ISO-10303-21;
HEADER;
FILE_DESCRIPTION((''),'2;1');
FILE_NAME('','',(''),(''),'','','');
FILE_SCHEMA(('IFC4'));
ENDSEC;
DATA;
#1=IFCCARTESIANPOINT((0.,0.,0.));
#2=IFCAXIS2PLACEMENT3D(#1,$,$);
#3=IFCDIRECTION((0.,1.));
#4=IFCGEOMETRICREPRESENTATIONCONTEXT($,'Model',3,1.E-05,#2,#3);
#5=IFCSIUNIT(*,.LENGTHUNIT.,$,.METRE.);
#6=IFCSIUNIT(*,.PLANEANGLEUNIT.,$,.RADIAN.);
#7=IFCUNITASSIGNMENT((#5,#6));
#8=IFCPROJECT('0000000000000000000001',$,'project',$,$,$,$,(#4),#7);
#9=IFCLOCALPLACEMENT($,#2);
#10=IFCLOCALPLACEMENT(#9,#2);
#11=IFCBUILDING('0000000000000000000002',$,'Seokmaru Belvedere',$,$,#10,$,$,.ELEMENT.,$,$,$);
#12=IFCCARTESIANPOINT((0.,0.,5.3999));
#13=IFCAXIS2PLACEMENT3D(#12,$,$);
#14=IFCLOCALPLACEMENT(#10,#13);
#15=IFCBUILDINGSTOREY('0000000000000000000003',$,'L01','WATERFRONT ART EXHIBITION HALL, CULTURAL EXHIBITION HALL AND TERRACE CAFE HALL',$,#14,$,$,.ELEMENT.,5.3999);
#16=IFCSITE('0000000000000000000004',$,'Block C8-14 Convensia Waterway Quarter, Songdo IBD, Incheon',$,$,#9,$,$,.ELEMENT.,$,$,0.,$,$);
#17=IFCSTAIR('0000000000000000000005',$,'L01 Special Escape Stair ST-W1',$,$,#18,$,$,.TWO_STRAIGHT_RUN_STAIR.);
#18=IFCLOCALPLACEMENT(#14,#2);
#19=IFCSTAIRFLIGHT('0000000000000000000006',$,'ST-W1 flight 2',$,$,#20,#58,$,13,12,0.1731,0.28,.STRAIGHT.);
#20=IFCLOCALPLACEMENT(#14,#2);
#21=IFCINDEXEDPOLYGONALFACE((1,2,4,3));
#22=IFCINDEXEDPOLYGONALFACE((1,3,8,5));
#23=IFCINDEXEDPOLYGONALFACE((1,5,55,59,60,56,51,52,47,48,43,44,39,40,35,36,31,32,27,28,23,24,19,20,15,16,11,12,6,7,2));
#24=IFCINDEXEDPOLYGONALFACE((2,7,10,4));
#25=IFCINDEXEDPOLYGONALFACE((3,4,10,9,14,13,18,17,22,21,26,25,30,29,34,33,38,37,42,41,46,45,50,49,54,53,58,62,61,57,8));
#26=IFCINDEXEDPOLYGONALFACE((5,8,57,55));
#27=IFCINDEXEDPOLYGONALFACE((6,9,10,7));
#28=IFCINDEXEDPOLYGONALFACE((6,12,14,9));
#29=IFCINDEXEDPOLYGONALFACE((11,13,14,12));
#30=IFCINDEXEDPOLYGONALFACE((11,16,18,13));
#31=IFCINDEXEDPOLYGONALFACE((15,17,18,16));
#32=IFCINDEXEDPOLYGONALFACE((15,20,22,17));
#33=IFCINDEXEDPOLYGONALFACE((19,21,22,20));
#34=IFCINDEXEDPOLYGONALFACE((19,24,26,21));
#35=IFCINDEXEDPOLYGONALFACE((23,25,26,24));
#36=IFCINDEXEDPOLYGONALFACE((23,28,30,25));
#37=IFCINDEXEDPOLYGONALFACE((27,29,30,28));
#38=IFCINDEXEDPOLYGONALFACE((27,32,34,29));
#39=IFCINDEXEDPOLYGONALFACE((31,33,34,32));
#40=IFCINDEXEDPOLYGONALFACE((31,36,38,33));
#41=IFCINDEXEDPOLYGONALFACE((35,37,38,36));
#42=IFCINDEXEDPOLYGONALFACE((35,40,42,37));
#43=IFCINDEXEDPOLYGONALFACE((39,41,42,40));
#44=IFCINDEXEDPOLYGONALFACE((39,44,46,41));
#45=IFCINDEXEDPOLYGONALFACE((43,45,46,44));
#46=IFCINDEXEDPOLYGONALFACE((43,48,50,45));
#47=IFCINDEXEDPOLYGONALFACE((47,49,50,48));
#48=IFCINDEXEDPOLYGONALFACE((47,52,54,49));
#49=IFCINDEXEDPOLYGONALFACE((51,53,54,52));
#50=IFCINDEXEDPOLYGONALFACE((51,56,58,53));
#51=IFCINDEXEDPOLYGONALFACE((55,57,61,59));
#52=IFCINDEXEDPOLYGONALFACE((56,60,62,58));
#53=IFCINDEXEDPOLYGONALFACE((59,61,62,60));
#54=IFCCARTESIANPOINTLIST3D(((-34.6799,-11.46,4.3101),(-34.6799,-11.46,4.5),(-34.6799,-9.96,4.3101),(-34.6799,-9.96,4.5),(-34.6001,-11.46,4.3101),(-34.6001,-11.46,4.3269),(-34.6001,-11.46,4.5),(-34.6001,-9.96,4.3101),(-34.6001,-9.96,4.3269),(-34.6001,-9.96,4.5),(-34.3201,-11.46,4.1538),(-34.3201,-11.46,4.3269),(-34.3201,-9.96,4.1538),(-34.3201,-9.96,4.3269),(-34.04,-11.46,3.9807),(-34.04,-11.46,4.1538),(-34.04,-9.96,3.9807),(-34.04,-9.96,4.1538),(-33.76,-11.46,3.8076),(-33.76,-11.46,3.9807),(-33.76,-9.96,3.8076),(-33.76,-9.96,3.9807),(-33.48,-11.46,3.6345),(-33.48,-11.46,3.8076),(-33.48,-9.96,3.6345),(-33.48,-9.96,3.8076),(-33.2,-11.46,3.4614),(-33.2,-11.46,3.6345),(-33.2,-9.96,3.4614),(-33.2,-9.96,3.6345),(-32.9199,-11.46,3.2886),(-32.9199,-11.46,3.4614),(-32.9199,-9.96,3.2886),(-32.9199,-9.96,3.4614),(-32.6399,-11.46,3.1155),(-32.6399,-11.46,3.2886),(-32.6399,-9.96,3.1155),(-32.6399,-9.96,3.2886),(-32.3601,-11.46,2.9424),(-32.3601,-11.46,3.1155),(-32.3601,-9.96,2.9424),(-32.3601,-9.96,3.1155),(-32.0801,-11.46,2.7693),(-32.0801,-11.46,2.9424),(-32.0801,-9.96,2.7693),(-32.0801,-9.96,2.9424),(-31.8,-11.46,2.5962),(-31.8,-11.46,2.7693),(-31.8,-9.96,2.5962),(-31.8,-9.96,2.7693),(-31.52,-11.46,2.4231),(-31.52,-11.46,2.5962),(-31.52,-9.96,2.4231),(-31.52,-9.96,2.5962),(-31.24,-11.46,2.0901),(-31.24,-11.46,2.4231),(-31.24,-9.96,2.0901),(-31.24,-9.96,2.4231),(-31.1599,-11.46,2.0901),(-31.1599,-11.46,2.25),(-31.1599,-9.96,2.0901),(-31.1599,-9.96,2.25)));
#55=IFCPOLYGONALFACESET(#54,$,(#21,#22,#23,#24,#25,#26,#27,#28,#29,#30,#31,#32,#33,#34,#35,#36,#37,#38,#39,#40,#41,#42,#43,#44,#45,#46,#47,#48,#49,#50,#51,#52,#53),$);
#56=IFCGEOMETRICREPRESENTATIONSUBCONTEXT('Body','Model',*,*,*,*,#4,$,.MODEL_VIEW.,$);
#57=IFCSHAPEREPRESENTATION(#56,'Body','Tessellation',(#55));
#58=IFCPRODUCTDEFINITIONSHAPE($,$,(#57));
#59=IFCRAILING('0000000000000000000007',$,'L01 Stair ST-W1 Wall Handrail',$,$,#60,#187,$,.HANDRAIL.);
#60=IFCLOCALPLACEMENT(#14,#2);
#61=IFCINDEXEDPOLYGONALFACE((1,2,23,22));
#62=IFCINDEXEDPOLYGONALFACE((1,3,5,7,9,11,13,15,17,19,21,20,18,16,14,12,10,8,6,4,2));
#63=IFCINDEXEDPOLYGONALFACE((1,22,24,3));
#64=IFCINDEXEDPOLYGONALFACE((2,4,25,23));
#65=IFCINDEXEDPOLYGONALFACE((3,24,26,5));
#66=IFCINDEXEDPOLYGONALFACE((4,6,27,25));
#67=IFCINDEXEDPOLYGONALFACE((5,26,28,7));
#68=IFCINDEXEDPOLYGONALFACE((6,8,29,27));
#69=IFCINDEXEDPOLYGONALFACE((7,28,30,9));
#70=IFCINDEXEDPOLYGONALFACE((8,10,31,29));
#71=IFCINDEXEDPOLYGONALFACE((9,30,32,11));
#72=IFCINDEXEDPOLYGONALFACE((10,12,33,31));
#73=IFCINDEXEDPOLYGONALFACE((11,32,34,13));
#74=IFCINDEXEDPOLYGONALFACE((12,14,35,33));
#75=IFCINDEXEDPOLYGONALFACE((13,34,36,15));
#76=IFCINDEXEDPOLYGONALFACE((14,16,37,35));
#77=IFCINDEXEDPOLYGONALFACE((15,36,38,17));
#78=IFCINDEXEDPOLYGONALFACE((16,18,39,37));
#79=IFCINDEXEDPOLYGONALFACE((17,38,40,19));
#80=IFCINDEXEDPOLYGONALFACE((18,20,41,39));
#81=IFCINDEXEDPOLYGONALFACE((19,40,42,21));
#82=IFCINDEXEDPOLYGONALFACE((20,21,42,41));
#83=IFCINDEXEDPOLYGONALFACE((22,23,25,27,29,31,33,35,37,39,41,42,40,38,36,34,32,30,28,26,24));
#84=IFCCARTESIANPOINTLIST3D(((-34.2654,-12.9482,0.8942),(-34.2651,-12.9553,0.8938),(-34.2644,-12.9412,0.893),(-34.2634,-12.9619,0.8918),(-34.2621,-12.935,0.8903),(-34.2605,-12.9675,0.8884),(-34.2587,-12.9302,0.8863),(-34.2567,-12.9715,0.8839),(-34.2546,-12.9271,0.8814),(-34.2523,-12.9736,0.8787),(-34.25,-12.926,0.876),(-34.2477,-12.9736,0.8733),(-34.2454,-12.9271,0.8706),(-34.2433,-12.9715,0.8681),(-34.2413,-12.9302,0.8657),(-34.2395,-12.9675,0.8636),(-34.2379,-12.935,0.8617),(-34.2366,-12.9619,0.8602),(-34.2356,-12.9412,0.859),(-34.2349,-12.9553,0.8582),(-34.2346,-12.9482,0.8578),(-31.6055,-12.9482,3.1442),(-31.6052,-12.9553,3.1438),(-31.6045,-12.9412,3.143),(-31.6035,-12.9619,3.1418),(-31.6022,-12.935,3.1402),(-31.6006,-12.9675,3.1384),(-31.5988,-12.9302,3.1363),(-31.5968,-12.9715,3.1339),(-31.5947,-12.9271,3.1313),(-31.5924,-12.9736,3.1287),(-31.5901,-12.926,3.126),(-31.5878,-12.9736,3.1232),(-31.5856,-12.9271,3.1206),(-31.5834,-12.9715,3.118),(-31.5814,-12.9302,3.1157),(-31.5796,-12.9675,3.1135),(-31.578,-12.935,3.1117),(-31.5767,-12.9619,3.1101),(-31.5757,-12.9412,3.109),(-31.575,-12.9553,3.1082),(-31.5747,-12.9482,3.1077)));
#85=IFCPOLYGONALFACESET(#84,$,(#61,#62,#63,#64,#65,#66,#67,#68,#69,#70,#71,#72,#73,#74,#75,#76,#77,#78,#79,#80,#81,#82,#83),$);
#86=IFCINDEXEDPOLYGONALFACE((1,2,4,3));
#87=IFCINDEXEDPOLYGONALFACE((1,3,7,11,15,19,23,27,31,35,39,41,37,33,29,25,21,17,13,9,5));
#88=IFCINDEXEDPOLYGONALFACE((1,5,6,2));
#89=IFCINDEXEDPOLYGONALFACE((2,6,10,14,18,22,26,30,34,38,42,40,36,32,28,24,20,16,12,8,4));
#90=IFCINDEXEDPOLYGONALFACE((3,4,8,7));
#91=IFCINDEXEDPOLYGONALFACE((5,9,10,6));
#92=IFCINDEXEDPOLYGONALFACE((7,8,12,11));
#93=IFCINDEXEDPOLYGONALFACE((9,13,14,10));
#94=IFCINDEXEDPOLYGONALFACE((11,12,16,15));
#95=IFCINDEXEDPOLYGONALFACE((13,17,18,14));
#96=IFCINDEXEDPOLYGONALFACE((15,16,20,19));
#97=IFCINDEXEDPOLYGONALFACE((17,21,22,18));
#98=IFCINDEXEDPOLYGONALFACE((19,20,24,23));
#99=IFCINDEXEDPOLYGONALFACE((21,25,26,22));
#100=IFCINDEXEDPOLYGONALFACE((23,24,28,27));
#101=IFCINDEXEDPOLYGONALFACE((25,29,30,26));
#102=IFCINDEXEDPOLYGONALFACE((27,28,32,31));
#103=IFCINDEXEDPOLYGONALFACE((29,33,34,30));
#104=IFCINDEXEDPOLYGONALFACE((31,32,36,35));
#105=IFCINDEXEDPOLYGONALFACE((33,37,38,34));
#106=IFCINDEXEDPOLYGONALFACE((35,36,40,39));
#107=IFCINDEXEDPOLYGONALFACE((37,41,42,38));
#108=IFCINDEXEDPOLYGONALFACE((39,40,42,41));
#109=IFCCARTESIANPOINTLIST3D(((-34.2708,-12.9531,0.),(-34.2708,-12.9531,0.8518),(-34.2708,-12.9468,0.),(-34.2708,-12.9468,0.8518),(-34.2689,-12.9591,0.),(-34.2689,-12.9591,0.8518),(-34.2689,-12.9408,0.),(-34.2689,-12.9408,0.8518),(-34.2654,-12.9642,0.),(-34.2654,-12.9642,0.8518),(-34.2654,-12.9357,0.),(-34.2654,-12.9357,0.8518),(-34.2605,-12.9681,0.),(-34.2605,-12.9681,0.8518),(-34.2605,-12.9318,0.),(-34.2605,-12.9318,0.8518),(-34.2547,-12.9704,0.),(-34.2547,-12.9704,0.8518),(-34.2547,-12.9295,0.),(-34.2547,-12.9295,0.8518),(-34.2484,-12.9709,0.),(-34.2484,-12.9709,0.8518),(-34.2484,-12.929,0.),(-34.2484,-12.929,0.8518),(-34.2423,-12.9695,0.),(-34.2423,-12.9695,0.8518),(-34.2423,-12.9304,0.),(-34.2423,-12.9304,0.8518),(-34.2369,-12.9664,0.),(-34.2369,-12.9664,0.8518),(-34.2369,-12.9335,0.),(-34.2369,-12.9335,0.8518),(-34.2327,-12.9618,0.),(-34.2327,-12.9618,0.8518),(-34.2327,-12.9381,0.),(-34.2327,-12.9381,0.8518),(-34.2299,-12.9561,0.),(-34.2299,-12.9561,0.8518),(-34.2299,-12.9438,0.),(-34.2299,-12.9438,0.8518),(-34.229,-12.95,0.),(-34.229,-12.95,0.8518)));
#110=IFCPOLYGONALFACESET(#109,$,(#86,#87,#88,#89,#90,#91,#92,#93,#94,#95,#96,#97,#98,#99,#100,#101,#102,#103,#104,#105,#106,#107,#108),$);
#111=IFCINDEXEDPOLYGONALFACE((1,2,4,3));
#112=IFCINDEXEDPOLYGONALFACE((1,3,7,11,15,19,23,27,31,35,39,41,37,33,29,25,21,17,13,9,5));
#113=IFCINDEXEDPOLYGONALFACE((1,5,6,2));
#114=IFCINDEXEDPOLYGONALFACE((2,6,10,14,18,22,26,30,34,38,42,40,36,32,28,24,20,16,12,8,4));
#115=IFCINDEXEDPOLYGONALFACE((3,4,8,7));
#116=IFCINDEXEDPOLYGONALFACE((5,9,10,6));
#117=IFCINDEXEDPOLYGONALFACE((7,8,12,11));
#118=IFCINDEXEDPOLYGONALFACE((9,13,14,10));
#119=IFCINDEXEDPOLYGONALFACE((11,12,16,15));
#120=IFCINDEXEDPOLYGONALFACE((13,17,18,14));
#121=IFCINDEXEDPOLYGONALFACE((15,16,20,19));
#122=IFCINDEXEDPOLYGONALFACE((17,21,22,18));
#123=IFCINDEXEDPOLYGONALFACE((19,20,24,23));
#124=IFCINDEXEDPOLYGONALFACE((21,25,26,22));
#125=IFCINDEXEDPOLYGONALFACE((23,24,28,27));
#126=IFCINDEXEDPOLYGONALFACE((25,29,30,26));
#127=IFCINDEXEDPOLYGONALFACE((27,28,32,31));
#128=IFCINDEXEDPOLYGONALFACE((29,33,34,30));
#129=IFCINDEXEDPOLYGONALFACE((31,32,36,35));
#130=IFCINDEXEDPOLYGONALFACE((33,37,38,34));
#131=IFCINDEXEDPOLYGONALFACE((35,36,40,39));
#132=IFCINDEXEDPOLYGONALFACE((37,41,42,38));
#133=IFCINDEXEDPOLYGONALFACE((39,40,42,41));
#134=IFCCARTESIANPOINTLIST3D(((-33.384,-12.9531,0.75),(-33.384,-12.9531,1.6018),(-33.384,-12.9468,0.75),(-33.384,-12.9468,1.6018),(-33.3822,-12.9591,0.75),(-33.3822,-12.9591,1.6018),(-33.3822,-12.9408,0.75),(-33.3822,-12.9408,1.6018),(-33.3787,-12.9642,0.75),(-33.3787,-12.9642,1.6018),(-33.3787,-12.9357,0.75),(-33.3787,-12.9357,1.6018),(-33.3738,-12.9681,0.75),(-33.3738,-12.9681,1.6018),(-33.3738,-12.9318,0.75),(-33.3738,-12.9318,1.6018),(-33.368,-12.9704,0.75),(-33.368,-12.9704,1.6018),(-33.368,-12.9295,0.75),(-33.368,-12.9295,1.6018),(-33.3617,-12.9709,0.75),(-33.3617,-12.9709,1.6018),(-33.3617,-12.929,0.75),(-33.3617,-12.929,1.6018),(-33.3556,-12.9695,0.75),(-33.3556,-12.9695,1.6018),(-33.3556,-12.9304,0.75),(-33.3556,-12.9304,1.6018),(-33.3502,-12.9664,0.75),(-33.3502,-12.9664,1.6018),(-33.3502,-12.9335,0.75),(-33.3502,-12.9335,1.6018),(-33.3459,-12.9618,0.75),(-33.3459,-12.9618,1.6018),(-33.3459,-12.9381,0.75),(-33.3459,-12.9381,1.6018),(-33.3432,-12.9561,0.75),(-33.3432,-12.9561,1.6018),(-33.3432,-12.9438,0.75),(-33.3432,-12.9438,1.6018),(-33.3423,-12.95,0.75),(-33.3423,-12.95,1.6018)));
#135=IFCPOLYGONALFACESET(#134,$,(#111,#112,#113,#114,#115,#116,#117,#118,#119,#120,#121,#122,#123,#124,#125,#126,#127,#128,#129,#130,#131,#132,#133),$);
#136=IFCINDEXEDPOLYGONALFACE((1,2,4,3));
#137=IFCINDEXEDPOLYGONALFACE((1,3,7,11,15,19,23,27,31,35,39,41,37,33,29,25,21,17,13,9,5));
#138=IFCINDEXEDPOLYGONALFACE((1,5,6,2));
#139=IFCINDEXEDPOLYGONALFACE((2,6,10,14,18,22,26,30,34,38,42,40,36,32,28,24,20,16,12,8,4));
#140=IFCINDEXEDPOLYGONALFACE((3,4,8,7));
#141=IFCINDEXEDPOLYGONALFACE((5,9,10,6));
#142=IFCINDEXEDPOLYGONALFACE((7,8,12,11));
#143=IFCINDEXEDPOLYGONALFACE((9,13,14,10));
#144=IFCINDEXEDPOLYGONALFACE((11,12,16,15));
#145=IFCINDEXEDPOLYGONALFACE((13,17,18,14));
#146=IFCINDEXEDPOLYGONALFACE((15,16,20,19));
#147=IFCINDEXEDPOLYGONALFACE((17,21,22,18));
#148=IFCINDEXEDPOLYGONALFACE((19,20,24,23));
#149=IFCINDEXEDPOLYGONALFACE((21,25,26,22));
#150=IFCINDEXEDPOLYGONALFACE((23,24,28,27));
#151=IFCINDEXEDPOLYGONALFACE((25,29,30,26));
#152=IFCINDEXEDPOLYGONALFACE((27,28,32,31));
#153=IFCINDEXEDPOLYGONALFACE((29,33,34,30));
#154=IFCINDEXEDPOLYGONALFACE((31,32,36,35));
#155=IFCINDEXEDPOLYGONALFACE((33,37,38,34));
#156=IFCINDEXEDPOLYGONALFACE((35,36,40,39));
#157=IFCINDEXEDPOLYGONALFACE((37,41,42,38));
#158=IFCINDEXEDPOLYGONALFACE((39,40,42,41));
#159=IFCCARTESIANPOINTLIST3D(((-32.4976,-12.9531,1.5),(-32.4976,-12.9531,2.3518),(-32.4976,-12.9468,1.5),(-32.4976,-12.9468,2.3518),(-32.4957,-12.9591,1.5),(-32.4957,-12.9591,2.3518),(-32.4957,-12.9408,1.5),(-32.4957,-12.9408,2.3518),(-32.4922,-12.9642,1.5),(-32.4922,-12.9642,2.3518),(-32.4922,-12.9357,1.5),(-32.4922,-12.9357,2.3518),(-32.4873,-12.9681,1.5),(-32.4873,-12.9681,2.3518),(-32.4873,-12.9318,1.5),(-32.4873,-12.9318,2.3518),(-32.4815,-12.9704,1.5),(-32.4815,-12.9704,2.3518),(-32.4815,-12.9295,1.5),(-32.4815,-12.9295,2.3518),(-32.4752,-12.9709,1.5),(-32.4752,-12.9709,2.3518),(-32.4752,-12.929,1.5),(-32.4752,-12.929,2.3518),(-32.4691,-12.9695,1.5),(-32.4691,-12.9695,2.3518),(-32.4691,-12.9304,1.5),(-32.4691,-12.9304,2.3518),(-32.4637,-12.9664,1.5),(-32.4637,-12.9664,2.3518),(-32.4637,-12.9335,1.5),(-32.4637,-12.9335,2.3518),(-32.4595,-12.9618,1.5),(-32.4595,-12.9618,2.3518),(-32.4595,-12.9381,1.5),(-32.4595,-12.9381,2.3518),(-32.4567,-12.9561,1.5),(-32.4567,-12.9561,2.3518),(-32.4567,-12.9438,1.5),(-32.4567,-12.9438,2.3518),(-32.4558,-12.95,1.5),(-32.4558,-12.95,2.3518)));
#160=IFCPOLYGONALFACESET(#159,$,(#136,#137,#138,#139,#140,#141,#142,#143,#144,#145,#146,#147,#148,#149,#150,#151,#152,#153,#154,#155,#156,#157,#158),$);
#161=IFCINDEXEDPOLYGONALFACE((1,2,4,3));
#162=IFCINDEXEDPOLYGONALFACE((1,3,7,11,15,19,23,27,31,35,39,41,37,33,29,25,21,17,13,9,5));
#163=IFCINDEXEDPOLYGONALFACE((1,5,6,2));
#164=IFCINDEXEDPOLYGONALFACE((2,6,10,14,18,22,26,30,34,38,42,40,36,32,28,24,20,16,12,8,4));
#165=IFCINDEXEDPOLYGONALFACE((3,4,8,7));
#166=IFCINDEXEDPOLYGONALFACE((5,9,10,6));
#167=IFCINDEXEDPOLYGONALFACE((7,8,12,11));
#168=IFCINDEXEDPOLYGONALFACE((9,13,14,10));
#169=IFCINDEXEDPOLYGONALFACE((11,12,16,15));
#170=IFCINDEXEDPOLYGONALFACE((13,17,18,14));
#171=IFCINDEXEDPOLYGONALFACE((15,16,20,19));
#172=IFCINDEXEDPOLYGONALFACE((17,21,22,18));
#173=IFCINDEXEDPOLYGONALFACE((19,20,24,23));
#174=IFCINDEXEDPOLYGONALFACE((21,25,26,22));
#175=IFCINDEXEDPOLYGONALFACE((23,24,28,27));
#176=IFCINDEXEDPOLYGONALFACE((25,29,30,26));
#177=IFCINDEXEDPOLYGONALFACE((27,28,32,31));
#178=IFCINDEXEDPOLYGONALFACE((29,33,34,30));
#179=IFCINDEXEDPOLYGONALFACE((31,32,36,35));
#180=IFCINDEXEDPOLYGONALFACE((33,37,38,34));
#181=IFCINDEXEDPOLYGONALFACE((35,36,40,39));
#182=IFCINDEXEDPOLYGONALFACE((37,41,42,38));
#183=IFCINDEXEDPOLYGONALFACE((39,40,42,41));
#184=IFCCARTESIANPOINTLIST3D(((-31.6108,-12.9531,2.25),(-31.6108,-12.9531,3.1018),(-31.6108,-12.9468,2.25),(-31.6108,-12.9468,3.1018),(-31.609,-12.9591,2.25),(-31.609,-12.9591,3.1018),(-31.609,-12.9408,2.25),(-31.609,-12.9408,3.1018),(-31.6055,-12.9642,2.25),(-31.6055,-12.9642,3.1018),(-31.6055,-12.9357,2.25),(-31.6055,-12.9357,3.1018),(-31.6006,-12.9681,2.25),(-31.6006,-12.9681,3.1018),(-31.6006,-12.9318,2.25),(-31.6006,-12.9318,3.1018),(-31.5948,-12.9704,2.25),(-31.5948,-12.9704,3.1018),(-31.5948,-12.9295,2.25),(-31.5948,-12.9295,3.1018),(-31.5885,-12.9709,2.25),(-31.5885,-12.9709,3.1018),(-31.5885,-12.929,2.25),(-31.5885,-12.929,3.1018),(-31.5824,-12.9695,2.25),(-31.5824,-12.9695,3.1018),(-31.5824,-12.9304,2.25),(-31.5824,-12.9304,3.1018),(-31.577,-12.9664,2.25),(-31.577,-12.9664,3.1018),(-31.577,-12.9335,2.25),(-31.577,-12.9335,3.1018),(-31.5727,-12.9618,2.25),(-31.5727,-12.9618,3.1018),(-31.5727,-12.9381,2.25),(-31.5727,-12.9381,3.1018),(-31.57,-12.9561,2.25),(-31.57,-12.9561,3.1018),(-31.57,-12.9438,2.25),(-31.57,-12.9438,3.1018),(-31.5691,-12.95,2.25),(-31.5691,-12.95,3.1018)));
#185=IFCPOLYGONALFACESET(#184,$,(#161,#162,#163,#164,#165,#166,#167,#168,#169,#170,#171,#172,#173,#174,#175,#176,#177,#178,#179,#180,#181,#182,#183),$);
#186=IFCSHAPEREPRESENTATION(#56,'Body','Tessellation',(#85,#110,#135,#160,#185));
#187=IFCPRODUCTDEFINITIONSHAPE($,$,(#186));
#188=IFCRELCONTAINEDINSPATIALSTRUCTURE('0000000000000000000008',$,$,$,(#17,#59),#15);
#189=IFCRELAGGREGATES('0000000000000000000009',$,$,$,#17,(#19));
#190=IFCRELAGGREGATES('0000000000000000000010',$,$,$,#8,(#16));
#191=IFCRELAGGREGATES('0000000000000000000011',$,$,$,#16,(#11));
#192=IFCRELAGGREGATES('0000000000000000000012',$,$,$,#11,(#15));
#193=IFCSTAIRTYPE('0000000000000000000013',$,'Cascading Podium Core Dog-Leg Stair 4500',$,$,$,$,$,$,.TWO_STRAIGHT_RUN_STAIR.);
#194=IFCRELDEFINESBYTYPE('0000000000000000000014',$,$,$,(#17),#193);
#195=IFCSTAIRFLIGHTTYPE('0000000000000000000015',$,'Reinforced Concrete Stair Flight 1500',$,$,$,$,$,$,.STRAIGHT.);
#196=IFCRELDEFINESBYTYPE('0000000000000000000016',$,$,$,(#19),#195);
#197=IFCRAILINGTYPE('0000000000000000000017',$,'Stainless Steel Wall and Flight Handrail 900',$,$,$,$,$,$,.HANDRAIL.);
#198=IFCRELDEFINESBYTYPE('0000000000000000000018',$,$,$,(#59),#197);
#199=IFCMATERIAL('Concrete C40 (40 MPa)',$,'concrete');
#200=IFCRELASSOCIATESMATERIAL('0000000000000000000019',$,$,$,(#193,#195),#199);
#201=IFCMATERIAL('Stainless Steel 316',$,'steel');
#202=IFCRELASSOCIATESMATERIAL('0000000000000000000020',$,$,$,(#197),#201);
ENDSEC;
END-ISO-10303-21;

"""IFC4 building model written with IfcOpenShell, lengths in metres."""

from ifc_helpers import new_model, si_unit, direction, frame, origin, origin_2d, place, context, subcontext, project, spatial, polyline, circle, outline, extrude, material, type_object, element, aggregate, save


model = new_model("IFC4")

# Units and contexts
model_context = context("Model", 3, precision=1e-05, world=origin(), true_north=direction((0.0, 1.0)))
body_context = subcontext(model_context, "Body", "Model", "MODEL_VIEW")
ifc_project = project(units=[si_unit("LENGTHUNIT", "METRE"), si_unit("PLANEANGLEUNIT", "RADIAN")], contexts=[model_context])

# Site, building, storey
site_placement = place(None, origin())
site = spatial("IfcSite", under=ifc_project, at=site_placement, Name="Block C8-14 Convensia Waterway Quarter, Songdo IBD, Incheon", CompositionType="ELEMENT", RefElevation=0.0)
building_placement = place(site_placement, origin())
building = spatial("IfcBuilding", under=site, at=building_placement, Name="Seokmaru Belvedere", CompositionType="ELEMENT")
storey_placement = place(building_placement, frame((0.0, 0.0, 5.3999)))
storey = spatial("IfcBuildingStorey", under=building, at=storey_placement, Name="L01", Description="WATERFRONT ART EXHIBITION HALL, CULTURAL EXHIBITION HALL AND TERRACE CAFE HALL", CompositionType="ELEMENT", Elevation=5.3999)

# Shared definitions
ifc_material_1 = material(Name="Stainless Steel 316", Category="steel")

# Shared definitions
ifc_material_2 = material(Name="Concrete C40 (40 MPa)", Category="concrete")

# Stair, stair flight
stair_type = type_object("IfcStairType", Name="Cascading Podium Core Dog-Leg Stair 4500", PredefinedType="TWO_STRAIGHT_RUN_STAIR", material=ifc_material_2)
stair_placement = place(storey_placement, origin())
stair = element("IfcStair", 1, at=stair_placement, inside=storey, type_object=stair_type, Name="L01 Special Escape Stair ST-W1", PredefinedType="TWO_STRAIGHT_RUN_STAIR")
stair_flight_type = type_object("IfcStairFlightType", Name="Reinforced Concrete Stair Flight 1500", PredefinedType="STRAIGHT", material=ifc_material_2)
stair_flight_1_placement = place(storey_placement, frame((-31.24, -10.71, 2.25), z_axis=(0.0, 0.0, 1.0), x_axis=(-1.0, 0.0, 0.0)))
stair_flight_1 = element("IfcStairFlight", 2, at=stair_flight_1_placement, type_object=stair_flight_type, Name="ST-W1 flight 2", NumberOfRisers=13, NumberOfTreads=12, PredefinedType="STRAIGHT", RiserHeight=0.1731, TreadLength=0.28, context=body_context, shape_type="SweptSolid", body=[
    extrude(outline(polyline([(-0.0801, 0.0), (0.0, 0.1731), (0.28, 0.1731), (0.28, 0.3462), (0.5601, 0.3462), (0.5601, 0.5193), (0.8401, 0.5193), (0.8401, 0.6924), (1.1201, 0.6924), (1.1201, 0.8655), (1.3999, 0.8655), (1.3999, 1.0386), (1.6799, 1.0386), (1.6799, 1.2114), (1.96, 1.2114), (1.96, 1.3845), (2.24, 1.3845), (2.24, 1.5576), (2.52, 1.5576), (2.52, 1.7307), (2.8, 1.7307), (2.8, 1.9038), (3.0801, 1.9038), (3.0801, 2.0769), (3.3601, 2.0769), (3.3601, 2.25), (3.4399, 2.25), (3.4399, 2.0601), (3.3601, 2.0601), (0.0, -0.1599), (-0.0801, -0.1599), (-0.0801, 0.0)])), frame((0.0, 0.75, 0.0), z_axis=(0.0, -1.0, 0.0), x_axis=(1.0, 0.0, 0.0)), (0.0, 0.0, 1.0), 1.5),
])
aggregate(stair, [stair_flight_1])

# Railing
railing_type_1 = type_object("IfcRailingType", Name="Stainless Steel Wall and Flight Handrail 900", PredefinedType="HANDRAIL", material=ifc_material_1)
railing_1_placement = place(storey_placement, frame((-34.25, -12.95, 0.0)))
element("IfcRailing", 3, at=railing_1_placement, inside=storey, type_object=railing_type_1, Name="L01 Stair ST-W1 Wall Handrail", PredefinedType="HANDRAIL", context=body_context, shape_type="SweptSolid", body=[
    extrude(circle(Radius=0.0239, at=origin_2d()), frame((0.0, 0.0, 0.876), z_axis=(0.763485, 0.0, 0.645826), x_axis=(0.0, 1.0, 0.0)), (0.0, 0.0, 1.0), 3.4839),
    extrude(circle(Radius=0.021, at=origin_2d()), origin(), (0.0, 0.0, 1.0), 0.8518),
    extrude(circle(Radius=0.021, at=origin_2d()), frame((0.8867, 0.0, 0.75)), (0.0, 0.0, 1.0), 0.8518),
    extrude(circle(Radius=0.021, at=origin_2d()), frame((1.7732, 0.0, 1.5)), (0.0, 0.0, 1.0), 0.8518),
    extrude(circle(Radius=0.021, at=origin_2d()), frame((2.6599, 0.0, 2.25)), (0.0, 0.0, 1.0), 0.8518),
])

save(model, "model.ifc")
